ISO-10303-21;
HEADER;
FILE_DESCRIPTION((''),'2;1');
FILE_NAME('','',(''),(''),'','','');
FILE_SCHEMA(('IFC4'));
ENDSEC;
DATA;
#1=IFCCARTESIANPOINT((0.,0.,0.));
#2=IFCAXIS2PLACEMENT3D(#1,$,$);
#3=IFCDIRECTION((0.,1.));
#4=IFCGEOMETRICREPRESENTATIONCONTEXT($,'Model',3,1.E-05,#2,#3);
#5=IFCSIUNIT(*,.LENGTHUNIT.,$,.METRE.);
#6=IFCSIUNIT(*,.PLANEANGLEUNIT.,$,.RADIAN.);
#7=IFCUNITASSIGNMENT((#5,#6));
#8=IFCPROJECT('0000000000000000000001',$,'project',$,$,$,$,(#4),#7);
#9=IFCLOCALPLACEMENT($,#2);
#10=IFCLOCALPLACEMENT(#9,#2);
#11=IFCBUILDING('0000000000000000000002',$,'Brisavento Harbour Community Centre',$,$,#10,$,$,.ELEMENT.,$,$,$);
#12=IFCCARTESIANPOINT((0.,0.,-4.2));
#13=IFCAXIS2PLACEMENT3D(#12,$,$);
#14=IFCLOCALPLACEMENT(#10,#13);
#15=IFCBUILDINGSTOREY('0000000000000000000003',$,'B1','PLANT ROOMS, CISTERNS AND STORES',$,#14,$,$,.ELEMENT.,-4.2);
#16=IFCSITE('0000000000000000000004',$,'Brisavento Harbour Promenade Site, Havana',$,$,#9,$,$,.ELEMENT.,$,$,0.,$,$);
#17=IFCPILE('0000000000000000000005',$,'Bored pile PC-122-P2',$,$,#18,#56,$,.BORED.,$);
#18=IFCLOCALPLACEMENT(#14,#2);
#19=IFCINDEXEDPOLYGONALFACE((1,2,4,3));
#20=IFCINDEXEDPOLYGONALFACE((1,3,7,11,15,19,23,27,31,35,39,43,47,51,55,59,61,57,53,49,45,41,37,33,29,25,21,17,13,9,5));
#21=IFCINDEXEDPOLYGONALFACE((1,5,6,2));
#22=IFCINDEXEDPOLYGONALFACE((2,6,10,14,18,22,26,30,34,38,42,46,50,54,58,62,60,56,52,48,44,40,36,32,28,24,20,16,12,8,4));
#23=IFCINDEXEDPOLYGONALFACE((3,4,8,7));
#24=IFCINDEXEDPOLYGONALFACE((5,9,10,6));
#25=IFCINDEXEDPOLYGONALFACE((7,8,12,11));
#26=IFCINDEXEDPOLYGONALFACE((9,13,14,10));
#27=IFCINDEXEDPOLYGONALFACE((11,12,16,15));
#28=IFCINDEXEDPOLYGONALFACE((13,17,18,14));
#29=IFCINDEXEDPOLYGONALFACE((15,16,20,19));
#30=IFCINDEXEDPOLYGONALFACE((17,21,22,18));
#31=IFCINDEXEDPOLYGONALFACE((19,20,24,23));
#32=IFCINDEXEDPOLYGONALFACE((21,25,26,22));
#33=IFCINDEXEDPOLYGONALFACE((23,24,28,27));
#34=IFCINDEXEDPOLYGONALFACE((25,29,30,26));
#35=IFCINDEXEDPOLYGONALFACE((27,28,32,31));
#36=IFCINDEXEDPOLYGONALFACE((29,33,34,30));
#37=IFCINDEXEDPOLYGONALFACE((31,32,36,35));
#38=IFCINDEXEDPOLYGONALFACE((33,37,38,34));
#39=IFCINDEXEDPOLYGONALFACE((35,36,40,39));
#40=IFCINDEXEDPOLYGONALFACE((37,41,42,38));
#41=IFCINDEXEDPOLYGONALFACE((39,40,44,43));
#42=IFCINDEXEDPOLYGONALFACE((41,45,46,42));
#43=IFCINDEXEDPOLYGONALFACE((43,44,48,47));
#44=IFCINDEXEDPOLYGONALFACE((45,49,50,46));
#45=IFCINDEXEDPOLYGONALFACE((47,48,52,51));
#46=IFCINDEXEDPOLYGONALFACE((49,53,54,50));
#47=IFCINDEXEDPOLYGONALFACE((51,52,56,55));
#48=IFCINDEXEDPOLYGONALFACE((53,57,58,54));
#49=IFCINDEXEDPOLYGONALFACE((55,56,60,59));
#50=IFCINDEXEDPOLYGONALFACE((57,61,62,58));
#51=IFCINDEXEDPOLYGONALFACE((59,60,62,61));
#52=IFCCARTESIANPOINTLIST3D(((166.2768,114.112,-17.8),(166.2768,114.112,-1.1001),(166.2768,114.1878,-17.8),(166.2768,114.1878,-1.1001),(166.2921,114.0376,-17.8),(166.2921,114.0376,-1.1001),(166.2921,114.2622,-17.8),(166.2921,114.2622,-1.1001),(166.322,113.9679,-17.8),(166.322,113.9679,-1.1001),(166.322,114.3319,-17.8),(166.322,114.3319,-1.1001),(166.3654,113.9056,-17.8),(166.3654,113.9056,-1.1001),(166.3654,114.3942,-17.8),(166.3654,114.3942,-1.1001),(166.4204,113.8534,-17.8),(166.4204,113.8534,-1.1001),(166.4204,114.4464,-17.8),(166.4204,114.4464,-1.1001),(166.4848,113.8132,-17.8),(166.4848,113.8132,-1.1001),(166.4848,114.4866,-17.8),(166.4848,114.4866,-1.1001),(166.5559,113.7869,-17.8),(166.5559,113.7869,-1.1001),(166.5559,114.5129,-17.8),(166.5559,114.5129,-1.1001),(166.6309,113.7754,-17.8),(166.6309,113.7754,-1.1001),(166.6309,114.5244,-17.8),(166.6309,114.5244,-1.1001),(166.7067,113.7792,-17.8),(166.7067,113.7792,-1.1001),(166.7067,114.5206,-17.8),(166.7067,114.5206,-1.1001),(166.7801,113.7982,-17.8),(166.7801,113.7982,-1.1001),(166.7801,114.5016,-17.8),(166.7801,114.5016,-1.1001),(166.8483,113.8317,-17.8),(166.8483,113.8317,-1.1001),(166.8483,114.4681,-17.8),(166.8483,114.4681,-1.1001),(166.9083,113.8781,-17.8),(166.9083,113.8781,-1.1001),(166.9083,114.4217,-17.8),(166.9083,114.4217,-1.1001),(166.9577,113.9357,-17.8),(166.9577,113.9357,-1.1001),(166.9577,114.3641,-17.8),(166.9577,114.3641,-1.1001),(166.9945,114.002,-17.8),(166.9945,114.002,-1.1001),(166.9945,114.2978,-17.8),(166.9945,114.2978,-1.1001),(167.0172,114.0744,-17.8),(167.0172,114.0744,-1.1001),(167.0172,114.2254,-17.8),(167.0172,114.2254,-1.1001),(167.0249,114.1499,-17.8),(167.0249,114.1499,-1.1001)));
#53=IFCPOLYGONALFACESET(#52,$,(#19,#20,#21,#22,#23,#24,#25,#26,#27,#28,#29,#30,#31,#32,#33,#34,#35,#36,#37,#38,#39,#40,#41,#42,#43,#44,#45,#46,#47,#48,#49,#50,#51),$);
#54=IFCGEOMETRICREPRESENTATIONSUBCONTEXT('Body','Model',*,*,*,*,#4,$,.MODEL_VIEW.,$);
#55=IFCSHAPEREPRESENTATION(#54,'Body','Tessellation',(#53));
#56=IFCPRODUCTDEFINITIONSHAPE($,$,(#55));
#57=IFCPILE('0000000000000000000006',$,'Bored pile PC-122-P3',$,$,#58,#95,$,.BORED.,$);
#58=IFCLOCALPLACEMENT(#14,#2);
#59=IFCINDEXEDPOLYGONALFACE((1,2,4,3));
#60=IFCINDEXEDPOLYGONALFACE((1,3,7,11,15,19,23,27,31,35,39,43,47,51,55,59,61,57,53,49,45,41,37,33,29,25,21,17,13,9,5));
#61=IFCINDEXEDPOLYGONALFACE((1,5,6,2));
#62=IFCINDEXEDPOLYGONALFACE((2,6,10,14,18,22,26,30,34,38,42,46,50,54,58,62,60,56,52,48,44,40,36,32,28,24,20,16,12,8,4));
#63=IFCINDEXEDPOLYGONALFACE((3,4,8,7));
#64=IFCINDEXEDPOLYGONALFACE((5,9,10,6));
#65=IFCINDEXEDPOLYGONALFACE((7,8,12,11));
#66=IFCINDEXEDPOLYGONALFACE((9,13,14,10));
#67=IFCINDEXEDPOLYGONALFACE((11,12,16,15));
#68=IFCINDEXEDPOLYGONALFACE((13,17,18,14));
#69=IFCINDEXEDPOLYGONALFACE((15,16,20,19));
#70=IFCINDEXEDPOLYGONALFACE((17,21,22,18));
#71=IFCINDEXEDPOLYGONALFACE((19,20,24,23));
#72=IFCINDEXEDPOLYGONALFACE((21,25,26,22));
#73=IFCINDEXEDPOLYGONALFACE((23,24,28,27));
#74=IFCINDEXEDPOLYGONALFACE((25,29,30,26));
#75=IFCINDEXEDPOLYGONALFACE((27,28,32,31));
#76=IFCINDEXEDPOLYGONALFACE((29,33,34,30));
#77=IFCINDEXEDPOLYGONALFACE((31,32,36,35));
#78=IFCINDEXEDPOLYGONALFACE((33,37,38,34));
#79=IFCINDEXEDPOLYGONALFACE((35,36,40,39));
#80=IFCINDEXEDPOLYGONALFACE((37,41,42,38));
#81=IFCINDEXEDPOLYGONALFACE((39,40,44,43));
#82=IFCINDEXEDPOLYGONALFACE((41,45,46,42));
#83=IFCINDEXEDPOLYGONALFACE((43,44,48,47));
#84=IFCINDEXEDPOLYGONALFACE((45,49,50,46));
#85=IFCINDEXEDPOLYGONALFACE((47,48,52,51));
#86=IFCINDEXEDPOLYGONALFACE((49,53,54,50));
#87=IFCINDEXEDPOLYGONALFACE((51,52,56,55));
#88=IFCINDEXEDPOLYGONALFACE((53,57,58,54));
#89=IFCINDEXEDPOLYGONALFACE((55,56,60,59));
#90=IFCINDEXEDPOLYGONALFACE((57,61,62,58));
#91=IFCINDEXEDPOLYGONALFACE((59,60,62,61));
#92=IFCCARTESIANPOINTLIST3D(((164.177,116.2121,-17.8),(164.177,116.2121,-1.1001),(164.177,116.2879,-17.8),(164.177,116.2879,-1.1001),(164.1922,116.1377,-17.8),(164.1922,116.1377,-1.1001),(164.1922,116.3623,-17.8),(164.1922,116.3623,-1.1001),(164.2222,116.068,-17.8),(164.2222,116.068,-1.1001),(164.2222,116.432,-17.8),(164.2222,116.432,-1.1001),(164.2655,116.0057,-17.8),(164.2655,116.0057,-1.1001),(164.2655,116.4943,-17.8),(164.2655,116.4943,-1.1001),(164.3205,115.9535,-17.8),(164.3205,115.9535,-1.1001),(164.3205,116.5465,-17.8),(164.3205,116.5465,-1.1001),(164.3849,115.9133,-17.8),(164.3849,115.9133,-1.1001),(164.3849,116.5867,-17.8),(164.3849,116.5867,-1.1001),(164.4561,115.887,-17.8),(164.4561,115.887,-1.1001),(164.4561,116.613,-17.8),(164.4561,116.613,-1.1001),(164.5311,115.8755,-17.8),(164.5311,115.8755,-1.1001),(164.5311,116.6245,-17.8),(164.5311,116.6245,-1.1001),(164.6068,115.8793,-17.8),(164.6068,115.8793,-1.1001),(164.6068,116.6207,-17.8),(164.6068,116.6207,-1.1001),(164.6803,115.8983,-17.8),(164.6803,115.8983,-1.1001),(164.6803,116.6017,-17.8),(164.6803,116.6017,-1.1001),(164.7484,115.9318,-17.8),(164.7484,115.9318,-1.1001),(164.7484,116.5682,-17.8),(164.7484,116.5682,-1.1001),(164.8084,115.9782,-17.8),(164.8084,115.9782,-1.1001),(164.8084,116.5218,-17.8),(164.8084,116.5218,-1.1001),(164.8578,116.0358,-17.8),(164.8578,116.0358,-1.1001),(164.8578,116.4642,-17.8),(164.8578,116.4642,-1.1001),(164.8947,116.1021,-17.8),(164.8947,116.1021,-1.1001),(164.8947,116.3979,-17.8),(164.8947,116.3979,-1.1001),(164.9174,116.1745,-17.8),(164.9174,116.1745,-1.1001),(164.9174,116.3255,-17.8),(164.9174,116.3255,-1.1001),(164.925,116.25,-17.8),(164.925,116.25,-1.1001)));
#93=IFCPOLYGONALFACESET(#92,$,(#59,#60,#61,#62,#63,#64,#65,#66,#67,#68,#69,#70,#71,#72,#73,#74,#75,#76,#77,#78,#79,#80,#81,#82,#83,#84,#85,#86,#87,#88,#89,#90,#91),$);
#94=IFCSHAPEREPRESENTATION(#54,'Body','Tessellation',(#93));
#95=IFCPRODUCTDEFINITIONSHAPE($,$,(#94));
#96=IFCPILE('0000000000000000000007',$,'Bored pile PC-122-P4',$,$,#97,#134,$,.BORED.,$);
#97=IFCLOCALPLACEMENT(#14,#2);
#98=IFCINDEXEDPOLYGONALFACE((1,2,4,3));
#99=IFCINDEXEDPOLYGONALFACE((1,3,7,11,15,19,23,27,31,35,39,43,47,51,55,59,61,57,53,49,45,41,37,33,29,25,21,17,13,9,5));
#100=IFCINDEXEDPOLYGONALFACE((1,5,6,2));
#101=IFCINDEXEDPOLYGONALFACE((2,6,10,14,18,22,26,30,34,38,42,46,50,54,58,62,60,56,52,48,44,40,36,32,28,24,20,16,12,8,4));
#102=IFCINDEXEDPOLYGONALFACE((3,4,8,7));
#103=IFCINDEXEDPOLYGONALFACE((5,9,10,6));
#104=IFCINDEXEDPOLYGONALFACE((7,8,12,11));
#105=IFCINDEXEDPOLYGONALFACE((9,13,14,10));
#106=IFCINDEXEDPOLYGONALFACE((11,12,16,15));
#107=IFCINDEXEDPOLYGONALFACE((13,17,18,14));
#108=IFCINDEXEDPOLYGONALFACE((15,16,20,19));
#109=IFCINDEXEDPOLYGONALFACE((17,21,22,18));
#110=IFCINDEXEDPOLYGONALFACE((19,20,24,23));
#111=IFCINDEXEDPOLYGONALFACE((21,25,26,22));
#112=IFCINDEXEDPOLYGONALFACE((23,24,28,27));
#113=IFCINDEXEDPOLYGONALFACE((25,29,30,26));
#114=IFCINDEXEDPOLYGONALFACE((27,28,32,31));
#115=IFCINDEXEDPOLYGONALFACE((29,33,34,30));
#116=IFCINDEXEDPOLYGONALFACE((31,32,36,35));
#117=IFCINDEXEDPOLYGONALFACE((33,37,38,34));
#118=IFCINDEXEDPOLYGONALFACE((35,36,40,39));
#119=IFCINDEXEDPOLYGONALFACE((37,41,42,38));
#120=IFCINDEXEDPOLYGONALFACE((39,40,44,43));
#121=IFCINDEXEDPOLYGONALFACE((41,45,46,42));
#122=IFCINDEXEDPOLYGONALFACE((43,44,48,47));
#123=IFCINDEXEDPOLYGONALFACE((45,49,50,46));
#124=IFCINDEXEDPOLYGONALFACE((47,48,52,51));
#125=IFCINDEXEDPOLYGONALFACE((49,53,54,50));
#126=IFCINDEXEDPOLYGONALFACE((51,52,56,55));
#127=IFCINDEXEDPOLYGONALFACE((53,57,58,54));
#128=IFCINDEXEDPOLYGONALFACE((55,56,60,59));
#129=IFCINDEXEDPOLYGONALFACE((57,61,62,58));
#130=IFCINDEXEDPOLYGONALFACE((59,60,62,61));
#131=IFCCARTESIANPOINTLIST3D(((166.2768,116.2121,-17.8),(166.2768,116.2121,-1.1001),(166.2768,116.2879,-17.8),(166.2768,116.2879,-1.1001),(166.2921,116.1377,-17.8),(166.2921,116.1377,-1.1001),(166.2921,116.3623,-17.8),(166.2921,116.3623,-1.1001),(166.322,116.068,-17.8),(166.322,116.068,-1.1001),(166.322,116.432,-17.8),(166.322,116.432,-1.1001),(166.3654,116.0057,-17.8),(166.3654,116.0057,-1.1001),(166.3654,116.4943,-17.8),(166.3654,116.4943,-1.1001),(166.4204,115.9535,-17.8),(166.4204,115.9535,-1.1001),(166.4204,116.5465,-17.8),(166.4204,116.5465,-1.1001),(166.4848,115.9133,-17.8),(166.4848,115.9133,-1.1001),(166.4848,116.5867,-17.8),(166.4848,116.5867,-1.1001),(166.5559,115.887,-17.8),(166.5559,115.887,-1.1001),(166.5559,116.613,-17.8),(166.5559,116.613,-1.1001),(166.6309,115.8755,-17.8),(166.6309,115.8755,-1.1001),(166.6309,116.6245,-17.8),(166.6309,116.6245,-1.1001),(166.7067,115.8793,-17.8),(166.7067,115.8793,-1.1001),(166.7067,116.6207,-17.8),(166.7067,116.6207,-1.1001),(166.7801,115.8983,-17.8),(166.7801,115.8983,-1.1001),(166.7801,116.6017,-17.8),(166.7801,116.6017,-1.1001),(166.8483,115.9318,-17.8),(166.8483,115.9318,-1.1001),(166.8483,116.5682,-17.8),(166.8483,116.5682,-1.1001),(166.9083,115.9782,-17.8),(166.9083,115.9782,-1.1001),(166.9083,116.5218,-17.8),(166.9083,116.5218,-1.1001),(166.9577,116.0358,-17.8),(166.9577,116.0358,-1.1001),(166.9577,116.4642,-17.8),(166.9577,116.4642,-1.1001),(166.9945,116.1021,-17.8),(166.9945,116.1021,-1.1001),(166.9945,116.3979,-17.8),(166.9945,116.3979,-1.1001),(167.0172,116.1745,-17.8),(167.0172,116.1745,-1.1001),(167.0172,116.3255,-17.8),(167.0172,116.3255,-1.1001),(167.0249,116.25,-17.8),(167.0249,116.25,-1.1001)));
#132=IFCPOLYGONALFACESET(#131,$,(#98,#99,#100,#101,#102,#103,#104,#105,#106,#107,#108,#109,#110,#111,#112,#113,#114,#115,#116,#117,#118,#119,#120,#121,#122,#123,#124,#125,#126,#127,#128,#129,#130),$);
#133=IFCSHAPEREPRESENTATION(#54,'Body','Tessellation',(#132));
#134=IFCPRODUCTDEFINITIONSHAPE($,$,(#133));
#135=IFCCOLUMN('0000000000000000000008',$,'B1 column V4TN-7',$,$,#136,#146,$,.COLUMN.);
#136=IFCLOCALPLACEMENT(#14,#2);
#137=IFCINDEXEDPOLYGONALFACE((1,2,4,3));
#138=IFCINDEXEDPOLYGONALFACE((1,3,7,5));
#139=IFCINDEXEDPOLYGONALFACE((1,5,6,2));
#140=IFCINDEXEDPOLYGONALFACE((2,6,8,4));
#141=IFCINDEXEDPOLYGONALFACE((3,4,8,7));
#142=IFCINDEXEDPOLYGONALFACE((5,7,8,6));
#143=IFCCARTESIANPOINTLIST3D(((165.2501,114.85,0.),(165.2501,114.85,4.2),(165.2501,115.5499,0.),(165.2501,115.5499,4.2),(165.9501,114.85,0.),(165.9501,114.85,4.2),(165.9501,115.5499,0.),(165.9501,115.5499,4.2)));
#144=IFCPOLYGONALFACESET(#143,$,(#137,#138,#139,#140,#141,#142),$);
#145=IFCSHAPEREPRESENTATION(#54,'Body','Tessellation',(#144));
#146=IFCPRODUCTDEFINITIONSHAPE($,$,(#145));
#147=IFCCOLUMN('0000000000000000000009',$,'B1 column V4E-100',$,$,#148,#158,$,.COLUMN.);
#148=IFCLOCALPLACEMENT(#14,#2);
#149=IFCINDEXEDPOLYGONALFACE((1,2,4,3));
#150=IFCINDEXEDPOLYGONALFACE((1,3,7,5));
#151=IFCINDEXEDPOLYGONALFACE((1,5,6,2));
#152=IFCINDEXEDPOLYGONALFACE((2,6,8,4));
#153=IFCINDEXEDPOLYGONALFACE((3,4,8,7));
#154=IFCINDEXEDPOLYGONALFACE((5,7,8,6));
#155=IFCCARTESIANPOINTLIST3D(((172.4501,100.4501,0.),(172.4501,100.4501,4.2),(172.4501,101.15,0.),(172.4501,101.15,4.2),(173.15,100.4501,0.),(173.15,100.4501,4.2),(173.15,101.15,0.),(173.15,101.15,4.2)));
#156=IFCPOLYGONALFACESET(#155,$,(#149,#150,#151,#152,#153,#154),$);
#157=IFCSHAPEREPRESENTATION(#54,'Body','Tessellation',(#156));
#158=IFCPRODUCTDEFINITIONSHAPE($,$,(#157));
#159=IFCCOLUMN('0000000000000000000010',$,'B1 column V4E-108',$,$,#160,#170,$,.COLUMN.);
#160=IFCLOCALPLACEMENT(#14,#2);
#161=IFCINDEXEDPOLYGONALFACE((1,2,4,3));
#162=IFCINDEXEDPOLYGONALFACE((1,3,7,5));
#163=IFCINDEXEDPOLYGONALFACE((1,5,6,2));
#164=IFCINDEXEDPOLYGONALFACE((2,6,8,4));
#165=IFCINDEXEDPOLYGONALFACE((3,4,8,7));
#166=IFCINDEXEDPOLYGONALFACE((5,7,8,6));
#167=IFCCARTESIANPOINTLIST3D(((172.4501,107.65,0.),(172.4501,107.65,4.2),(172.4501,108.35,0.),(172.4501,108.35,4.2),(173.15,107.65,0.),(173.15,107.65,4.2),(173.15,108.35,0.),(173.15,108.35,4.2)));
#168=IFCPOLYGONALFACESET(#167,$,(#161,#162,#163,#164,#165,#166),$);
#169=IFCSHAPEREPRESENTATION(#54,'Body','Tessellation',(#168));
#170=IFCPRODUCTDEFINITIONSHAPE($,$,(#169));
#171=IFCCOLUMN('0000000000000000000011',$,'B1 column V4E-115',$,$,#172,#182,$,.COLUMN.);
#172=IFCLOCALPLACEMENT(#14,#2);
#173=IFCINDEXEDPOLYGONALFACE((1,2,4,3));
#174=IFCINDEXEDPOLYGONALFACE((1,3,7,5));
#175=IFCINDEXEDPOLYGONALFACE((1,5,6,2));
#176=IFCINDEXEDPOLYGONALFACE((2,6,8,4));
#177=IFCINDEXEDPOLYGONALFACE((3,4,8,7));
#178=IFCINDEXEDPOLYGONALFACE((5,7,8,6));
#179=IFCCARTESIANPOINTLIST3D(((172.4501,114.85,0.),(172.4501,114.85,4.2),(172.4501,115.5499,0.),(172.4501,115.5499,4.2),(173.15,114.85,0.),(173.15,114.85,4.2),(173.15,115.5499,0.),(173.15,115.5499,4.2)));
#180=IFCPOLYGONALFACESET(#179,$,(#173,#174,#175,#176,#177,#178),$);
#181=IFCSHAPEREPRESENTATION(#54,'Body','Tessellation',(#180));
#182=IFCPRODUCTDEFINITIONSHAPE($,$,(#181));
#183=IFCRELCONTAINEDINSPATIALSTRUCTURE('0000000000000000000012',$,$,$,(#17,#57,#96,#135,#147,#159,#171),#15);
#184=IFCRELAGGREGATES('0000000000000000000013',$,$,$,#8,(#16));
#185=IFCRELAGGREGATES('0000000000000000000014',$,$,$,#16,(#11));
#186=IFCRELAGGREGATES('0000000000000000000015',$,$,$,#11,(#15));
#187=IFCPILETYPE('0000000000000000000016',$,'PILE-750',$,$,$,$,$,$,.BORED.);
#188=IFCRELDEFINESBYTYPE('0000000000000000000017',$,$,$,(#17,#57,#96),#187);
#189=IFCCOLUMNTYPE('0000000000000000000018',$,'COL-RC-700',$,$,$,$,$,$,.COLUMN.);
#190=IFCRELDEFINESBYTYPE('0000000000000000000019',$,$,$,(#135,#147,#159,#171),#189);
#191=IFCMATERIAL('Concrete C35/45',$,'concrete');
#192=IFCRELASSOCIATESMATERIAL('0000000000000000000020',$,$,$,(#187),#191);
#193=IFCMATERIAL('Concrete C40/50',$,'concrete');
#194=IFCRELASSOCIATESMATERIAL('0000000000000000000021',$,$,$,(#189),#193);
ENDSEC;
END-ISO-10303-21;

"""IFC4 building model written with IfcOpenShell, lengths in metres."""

from ifc_helpers import new_model, si_unit, direction, frame, origin, origin_2d, place, context, subcontext, project, spatial, rectangle, circle, extrude, material, material_profile, profile_set, type_object, element, save


model = new_model("IFC4")

# Units and contexts
model_context = context("Model", 3, precision=1e-05, world=origin(), true_north=direction((0.0, 1.0)))
body_context = subcontext(model_context, "Body", "Model", "MODEL_VIEW")
ifc_project = project(units=[si_unit("LENGTHUNIT", "METRE"), si_unit("PLANEANGLEUNIT", "RADIAN")], contexts=[model_context])

# Site, building, storey
site_placement = place(None, origin())
site = spatial("IfcSite", under=ifc_project, at=site_placement, Name="Brisavento Harbour Promenade Site, Havana", CompositionType="ELEMENT", RefElevation=0.0)
building_placement = place(site_placement, origin())
building = spatial("IfcBuilding", under=site, at=building_placement, Name="Brisavento Harbour Community Centre", CompositionType="ELEMENT")
storey_placement = place(building_placement, frame((0.0, 0.0, -4.2)))
storey = spatial("IfcBuildingStorey", under=building, at=storey_placement, Name="B1", Description="PLANT ROOMS, CISTERNS AND STORES", CompositionType="ELEMENT", Elevation=-4.2)

# Shared definitions
ifc_material_1 = material(Name="Concrete C35/45", Category="concrete")

# Piles
ifc_material_profile_1 = material_profile(ifc_material_1, circle(Radius=0.375, at=origin_2d()), Name="Concrete C35/45")
ifc_profile_set_1 = profile_set([ifc_material_profile_1], Name="Concrete C35/45")
pile_type_1 = type_object("IfcPileType", Name="PILE-750", PredefinedType="BORED", material=ifc_profile_set_1)
for number, where, z_axis, x_axis, name in (
    (1, (166.6499, 114.1499, -1.1001), (0.0, 0.0, -1.0), (1.0, 0.0, 0.0), "Bored pile PC-122-P2"),
    (2, (164.55, 116.25, -1.1001), (0.0, 0.0, -1.0), (1.0, 0.0, 0.0), "Bored pile PC-122-P3"),
    (3, (166.6499, 116.25, -1.1001), (0.0, 0.0, -1.0), (1.0, 0.0, 0.0), "Bored pile PC-122-P4"),
):
    element("IfcPile", number, at=place(storey_placement, frame(where, z_axis=z_axis, x_axis=x_axis)), inside=storey, type_object=pile_type_1, Name=name, PredefinedType="BORED", context=body_context, shape_type="SweptSolid", body=[
        extrude(circle(Radius=0.375, at=origin_2d()), origin(), (0.0, 0.0, 1.0), 16.7),
    ])

# Columns
ifc_material_2 = material(Name="Concrete C40/50", Category="concrete")
ifc_material_profile_2 = material_profile(ifc_material_2, rectangle(XDim=0.7, YDim=0.7, at=origin_2d()), Name="Concrete C40/50")
ifc_profile_set_2 = profile_set([ifc_material_profile_2], Name="Concrete C40/50")
column_type = type_object("IfcColumnType", Name="COL-RC-700", PredefinedType="COLUMN", material=ifc_profile_set_2)
for number, where, z_axis, x_axis, name in (
    (4, (165.6001, 115.2, 0.0), (0.0, 0.0, 1.0), (1.0, 0.0, 0.0), "B1 column V4TN-7"),
    (5, (172.8, 100.8, 0.0), (0.0, 0.0, 1.0), (1.0, 0.0, 0.0), "B1 column V4E-100"),
    (6, (172.8, 108.0, 0.0), (0.0, 0.0, 1.0), (1.0, 0.0, 0.0), "B1 column V4E-108"),
    (7, (172.8, 115.2, 0.0), (0.0, 0.0, 1.0), (1.0, 0.0, 0.0), "B1 column V4E-115"),
):
    element("IfcColumn", number, at=place(storey_placement, frame(where, z_axis=z_axis, x_axis=x_axis)), inside=storey, type_object=column_type, Name=name, PredefinedType="COLUMN", context=body_context, shape_type="SweptSolid", body=[
        extrude(rectangle(XDim=0.7, YDim=0.7, at=origin_2d()), origin(), (0.0, 0.0, 1.0), 4.2),
    ])

save(model, "model.ifc")
